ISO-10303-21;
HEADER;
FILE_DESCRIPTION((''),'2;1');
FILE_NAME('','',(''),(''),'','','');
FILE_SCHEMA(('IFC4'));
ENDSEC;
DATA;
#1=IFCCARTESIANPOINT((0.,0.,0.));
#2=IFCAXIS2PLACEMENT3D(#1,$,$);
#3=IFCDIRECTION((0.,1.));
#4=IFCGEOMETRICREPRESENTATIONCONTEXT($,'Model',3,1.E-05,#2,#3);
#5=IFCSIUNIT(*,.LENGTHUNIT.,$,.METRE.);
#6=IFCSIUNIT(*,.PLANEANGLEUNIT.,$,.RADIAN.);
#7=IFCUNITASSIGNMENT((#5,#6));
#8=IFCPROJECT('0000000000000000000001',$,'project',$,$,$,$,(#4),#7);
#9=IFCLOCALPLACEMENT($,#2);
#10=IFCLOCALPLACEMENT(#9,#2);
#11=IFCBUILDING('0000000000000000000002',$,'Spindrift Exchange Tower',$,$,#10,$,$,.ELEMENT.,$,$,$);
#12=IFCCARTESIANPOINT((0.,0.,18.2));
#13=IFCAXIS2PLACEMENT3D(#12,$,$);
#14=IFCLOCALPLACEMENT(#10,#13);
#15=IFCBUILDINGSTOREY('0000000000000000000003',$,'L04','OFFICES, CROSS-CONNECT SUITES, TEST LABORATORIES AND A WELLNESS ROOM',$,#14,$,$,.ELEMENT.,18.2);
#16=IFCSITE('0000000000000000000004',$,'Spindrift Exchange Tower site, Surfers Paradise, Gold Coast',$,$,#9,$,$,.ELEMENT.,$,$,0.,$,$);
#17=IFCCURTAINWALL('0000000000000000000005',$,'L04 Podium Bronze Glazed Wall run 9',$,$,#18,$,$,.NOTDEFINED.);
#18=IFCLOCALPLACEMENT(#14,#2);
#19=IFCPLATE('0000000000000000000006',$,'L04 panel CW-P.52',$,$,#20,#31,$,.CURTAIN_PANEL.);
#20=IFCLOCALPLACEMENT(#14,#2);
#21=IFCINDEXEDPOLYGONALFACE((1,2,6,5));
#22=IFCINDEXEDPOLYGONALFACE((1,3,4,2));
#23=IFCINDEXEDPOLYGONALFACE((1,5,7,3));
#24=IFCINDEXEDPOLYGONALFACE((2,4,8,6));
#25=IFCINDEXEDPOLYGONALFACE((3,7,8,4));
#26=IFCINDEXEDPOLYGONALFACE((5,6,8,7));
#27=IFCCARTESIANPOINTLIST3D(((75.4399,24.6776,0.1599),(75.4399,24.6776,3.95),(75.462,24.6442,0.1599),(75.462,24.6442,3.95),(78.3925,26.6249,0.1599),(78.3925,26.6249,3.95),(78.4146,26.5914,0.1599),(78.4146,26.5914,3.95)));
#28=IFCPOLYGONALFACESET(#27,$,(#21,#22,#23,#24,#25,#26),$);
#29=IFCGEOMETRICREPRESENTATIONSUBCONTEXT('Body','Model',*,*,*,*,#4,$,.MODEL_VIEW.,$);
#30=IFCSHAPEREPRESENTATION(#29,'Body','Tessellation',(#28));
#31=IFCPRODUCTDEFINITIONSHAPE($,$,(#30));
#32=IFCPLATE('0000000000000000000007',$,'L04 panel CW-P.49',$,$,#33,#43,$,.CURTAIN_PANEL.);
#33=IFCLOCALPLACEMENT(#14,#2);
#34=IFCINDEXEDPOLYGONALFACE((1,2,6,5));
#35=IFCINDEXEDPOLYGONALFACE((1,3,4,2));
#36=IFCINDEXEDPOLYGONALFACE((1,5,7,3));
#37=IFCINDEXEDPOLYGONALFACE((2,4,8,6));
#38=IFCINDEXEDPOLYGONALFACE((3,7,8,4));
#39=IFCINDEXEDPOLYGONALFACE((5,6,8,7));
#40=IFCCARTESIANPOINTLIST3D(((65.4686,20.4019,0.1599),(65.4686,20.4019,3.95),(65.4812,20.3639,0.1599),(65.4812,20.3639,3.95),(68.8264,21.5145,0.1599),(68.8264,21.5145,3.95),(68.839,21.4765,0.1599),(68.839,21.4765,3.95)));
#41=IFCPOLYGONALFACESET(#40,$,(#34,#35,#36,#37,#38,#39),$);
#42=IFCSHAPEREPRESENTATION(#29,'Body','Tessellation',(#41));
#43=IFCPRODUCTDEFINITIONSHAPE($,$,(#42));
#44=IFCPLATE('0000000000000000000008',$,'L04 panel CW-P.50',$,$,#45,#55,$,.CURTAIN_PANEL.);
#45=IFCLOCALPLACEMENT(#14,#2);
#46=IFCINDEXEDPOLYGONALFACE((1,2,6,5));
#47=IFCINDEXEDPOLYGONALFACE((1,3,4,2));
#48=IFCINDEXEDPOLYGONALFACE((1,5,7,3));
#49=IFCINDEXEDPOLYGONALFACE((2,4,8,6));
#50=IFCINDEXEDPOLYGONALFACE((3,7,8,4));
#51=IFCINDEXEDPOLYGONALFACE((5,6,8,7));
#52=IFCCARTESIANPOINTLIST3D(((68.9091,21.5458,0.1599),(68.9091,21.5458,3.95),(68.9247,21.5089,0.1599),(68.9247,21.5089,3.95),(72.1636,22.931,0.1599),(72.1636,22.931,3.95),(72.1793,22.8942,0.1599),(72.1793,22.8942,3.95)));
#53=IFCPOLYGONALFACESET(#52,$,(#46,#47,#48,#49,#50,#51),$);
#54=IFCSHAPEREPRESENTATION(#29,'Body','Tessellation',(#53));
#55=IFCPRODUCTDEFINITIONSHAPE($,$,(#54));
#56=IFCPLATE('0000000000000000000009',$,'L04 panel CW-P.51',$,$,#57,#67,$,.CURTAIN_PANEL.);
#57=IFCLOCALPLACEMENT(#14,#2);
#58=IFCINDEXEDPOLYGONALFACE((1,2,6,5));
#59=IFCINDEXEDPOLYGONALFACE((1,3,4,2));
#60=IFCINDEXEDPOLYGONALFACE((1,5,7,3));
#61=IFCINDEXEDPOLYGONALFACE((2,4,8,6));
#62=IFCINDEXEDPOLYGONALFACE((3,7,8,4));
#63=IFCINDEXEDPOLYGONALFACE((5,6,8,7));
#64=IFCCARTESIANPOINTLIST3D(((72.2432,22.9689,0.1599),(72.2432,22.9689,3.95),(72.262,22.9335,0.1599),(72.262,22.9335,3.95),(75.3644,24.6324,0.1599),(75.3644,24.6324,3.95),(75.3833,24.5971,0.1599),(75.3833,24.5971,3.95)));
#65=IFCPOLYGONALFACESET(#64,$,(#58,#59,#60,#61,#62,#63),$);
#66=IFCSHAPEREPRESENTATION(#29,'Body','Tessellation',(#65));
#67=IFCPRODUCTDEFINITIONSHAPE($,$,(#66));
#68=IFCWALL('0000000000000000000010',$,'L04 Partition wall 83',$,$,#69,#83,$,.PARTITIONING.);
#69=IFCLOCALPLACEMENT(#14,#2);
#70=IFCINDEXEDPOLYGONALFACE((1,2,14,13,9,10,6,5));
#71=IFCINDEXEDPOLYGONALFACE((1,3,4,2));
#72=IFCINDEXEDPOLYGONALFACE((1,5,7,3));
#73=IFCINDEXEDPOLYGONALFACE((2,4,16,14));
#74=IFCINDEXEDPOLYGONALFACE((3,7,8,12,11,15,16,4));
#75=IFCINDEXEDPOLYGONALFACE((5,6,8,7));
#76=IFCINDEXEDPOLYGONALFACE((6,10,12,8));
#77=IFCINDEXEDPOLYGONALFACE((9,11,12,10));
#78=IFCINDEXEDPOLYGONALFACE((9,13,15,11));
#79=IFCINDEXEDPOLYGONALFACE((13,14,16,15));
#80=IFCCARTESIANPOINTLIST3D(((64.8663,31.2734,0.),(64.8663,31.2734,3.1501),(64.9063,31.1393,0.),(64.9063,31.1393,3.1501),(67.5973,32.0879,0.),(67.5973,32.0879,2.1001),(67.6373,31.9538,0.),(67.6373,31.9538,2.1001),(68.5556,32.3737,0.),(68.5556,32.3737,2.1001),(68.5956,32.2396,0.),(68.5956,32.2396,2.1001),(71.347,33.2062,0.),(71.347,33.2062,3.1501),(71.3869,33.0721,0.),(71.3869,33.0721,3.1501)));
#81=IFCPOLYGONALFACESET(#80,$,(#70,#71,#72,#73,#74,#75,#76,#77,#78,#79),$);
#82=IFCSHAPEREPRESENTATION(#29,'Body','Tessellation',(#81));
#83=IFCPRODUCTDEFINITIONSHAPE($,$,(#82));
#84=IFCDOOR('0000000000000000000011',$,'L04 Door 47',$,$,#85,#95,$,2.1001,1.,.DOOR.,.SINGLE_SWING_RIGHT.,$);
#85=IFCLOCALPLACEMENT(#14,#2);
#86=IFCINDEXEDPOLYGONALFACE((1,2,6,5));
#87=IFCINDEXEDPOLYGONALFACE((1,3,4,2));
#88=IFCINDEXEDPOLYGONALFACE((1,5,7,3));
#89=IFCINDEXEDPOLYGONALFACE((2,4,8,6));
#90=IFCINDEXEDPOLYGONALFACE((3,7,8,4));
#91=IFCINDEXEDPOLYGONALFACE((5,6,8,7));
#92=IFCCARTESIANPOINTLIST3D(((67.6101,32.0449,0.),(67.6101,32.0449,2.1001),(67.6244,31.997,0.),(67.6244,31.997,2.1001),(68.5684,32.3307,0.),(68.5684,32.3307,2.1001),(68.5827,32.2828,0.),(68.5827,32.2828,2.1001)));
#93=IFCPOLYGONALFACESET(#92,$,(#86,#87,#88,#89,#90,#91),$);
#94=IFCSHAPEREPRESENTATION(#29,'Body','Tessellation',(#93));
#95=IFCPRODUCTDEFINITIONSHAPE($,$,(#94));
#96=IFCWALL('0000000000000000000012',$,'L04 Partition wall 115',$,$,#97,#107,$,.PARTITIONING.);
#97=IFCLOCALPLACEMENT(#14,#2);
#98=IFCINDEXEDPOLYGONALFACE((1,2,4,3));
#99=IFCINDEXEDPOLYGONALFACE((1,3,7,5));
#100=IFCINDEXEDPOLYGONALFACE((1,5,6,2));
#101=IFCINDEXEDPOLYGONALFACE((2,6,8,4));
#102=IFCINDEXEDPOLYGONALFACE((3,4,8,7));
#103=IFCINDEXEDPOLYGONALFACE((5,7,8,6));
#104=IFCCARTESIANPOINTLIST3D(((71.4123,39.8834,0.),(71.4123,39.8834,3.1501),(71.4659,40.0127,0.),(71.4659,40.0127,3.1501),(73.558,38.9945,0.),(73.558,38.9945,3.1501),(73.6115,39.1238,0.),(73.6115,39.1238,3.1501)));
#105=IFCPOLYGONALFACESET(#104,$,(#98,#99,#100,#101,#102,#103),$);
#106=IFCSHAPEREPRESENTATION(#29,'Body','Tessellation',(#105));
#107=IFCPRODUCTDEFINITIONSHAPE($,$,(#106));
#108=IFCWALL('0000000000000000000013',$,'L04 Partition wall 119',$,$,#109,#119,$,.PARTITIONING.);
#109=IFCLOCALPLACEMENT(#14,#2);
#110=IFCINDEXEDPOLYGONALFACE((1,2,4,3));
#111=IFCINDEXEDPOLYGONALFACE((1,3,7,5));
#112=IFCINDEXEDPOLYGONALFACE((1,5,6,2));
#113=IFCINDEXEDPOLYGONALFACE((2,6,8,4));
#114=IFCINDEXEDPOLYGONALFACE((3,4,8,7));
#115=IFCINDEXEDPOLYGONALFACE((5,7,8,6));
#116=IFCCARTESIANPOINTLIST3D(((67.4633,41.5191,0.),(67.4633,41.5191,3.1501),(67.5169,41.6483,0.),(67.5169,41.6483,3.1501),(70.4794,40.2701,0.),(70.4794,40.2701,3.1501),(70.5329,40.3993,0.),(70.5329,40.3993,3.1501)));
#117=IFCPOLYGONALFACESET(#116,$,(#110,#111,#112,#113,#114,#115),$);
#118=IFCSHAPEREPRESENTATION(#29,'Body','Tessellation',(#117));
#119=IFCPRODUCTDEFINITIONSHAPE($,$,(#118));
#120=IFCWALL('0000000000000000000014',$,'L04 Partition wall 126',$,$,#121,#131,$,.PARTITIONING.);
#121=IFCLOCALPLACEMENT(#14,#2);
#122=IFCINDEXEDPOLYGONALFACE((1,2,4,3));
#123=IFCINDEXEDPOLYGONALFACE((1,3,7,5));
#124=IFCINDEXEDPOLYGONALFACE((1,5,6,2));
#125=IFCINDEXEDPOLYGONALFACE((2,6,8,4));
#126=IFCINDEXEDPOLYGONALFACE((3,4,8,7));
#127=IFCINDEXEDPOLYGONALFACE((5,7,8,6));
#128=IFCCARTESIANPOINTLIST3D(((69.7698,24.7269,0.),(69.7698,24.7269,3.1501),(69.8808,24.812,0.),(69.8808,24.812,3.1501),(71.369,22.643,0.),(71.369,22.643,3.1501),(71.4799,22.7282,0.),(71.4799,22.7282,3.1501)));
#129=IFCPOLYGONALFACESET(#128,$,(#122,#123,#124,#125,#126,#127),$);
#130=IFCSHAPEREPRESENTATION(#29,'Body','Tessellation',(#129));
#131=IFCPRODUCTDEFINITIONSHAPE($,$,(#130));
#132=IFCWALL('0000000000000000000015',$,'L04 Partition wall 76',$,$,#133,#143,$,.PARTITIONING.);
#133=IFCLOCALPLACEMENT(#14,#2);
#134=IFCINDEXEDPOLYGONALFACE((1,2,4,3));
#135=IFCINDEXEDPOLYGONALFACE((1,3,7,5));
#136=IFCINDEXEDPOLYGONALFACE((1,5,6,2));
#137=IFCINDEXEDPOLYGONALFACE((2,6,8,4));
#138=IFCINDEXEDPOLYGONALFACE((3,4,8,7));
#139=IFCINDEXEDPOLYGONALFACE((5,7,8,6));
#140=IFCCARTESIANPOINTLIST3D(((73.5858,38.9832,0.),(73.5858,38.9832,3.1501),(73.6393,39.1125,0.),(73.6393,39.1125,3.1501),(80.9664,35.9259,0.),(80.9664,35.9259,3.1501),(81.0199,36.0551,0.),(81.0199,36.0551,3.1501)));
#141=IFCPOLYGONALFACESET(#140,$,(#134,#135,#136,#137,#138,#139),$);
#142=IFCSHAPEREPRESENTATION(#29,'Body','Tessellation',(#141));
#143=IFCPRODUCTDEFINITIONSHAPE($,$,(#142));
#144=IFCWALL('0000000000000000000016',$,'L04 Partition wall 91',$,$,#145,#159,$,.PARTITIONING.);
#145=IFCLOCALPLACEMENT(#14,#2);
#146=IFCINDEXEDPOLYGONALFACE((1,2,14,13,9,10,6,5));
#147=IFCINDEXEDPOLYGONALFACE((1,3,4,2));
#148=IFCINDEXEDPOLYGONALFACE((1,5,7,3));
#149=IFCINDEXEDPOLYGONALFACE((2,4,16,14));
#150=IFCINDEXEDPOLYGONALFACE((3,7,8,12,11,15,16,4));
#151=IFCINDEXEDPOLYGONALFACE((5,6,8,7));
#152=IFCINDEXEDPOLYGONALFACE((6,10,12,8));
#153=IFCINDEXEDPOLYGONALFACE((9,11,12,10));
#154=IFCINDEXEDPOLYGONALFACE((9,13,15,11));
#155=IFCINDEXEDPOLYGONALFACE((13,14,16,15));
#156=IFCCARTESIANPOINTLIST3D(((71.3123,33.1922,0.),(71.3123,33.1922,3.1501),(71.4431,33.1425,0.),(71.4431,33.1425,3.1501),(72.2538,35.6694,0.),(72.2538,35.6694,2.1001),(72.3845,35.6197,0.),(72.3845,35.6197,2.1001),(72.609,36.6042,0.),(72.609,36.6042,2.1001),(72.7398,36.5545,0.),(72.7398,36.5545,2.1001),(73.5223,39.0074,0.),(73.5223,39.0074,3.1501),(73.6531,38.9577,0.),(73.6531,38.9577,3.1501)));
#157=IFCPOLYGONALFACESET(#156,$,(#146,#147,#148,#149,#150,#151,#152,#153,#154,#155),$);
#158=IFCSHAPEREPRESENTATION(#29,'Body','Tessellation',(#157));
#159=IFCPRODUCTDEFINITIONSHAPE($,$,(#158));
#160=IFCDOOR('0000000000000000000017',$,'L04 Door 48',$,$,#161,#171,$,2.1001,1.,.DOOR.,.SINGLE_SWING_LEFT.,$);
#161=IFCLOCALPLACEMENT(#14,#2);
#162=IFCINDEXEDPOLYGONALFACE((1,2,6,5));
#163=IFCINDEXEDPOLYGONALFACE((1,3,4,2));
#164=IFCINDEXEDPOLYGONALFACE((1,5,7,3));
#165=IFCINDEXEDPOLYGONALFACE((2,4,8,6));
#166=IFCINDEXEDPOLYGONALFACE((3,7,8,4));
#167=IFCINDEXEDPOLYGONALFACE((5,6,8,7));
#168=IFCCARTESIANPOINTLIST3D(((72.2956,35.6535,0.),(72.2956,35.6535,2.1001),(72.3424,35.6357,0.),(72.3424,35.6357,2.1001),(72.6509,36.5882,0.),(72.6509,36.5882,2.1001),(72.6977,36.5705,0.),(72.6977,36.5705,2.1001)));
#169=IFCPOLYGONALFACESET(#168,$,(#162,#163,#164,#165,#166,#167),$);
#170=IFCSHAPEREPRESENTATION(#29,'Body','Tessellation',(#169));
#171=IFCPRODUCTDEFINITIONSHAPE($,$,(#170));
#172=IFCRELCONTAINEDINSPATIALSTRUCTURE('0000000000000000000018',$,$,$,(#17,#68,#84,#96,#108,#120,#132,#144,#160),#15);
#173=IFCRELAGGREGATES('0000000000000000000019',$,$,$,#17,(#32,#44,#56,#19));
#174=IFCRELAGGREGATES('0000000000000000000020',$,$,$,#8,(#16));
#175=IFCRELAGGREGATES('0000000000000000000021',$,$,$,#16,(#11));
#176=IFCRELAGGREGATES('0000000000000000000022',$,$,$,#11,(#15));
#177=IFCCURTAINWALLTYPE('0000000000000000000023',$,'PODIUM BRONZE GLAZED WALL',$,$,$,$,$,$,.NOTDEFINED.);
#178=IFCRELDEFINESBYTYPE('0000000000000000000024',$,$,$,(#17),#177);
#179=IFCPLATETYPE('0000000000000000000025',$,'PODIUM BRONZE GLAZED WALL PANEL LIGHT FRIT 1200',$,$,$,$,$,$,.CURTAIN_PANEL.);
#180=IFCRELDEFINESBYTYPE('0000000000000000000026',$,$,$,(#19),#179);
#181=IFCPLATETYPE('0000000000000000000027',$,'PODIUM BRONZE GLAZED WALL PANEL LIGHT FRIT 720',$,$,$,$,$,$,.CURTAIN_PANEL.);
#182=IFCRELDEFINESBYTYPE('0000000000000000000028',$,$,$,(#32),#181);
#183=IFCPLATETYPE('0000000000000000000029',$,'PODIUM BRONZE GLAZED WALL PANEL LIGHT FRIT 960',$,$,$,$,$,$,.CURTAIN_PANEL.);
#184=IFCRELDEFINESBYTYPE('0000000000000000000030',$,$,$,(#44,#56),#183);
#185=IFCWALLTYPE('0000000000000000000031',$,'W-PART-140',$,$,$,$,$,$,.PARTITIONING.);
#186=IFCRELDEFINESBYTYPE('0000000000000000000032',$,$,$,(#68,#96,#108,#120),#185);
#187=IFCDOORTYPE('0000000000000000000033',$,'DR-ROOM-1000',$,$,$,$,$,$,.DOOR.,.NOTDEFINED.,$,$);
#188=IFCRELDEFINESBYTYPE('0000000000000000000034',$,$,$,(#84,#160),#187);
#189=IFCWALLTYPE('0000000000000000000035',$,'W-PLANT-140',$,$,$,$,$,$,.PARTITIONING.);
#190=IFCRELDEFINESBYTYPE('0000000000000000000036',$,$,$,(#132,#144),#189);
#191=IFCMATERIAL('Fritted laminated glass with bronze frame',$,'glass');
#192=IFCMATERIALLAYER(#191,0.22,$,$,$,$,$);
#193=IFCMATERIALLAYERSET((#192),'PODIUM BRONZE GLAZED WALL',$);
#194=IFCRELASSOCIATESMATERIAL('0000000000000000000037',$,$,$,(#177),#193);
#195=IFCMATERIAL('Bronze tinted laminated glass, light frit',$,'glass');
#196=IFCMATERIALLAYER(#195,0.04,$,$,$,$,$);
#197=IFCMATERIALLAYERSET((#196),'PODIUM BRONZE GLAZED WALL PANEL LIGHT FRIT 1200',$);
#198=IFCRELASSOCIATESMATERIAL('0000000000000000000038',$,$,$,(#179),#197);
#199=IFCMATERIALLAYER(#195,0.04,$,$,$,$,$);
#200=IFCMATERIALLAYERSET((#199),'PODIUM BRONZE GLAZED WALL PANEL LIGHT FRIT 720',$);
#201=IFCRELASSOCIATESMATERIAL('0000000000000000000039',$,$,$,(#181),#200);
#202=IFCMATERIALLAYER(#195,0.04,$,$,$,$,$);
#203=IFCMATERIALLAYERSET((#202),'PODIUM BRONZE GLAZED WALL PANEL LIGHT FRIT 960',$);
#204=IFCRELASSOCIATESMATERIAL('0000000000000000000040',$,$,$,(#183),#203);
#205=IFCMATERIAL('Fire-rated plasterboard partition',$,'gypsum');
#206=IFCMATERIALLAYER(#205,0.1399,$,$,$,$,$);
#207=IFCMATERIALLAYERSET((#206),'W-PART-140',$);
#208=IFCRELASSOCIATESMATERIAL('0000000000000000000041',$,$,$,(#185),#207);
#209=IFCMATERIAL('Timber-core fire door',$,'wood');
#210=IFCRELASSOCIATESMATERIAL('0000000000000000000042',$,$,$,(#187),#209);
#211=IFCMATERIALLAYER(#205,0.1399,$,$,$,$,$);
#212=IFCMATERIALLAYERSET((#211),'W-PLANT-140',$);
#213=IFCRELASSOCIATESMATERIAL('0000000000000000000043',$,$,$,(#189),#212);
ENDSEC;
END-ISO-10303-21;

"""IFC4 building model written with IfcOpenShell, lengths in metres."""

from ifc_helpers import new_model, si_unit, direction, frame, frame_2d, origin, origin_2d, place, context, subcontext, project, spatial, rectangle, extrude, source, transform, mapped, material, layer, layer_set, type_object, element, fill, aggregate, save


model = new_model("IFC4")

# Units and contexts
model_context = context("Model", 3, precision=1e-05, world=origin(), true_north=direction((0.0, 1.0)))
body_context = subcontext(model_context, "Body", "Model", "MODEL_VIEW")
ifc_project = project(units=[si_unit("LENGTHUNIT", "METRE"), si_unit("PLANEANGLEUNIT", "RADIAN")], contexts=[model_context])

# Site, building, storey
site_placement = place(None, origin())
site = spatial("IfcSite", under=ifc_project, at=site_placement, Name="Spindrift Exchange Tower site, Surfers Paradise, Gold Coast", CompositionType="ELEMENT", RefElevation=0.0)
building_placement = place(site_placement, origin())
building = spatial("IfcBuilding", under=site, at=building_placement, Name="Spindrift Exchange Tower", CompositionType="ELEMENT")
storey_placement = place(building_placement, frame((0.0, 0.0, 18.2)))
storey = spatial("IfcBuildingStorey", under=building, at=storey_placement, Name="L04", Description="OFFICES, CROSS-CONNECT SUITES, TEST LABORATORIES AND A WELLNESS ROOM", CompositionType="ELEMENT", Elevation=18.2)

# Curtain wall, plates
ifc_material_1 = material(Name="Fritted laminated glass with bronze frame", Category="glass")
ifc_layer_1 = layer(ifc_material_1, 0.22)
ifc_layer_set_1 = layer_set([ifc_layer_1], Name="PODIUM BRONZE GLAZED WALL")
curtain_wall_type = type_object("IfcCurtainWallType", Name="PODIUM BRONZE GLAZED WALL", PredefinedType="NOTDEFINED", material=ifc_layer_set_1)
curtain_wall_placement = place(storey_placement, origin())
curtain_wall = element("IfcCurtainWall", 1, at=curtain_wall_placement, inside=storey, type_object=curtain_wall_type, Name="L04 Podium Bronze Glazed Wall run 9", PredefinedType="NOTDEFINED")
ifc_material_2 = material(Name="Bronze tinted laminated glass, light frit", Category="glass")
ifc_layer_2 = layer(ifc_material_2, 0.04)
ifc_layer_set_2 = layer_set([ifc_layer_2], Name="PODIUM BRONZE GLAZED WALL PANEL LIGHT FRIT 1200")
plate_type_1 = type_object("IfcPlateType", Name="PODIUM BRONZE GLAZED WALL PANEL LIGHT FRIT 1200", PredefinedType="CURTAIN_PANEL", material=ifc_layer_set_2)
shared_shape_1 = source(origin(), body_context, "Body", "SweptSolid", [
    extrude(rectangle(XDim=3.5369, YDim=0.04, at=origin_2d()), origin(), (0.0, 0.0, 1.0), 3.79),
])
plate_1_placement = place(storey_placement, frame((76.9272, 25.6345, 0.1599), z_axis=(0.0, 0.0, 1.0), x_axis=(0.834797, 0.550558, 0.0)))
plate_1 = element("IfcPlate", 2, at=plate_1_placement, type_object=plate_type_1, Name="L04 panel CW-P.52", PredefinedType="CURTAIN_PANEL", context=body_context, shape_type="MappedRepresentation", body=[
    mapped(shared_shape_1, transform((0.0, 0.0, 0.0), scale=1.0)),
])
ifc_layer_3 = layer(ifc_material_2, 0.04)
ifc_layer_set_3 = layer_set([ifc_layer_3], Name="PODIUM BRONZE GLAZED WALL PANEL LIGHT FRIT 720")
plate_type_2 = type_object("IfcPlateType", Name="PODIUM BRONZE GLAZED WALL PANEL LIGHT FRIT 720", PredefinedType="CURTAIN_PANEL", material=ifc_layer_set_3)
shared_shape_2 = source(origin(), body_context, "Body", "SweptSolid", [
    extrude(rectangle(XDim=3.5374, YDim=0.04, at=origin_2d()), origin(), (0.0, 0.0, 1.0), 3.79),
])
plate_2_placement = place(storey_placement, frame((67.1538, 20.9392, 0.1599), z_axis=(0.0, 0.0, 1.0), x_axis=(0.949247, 0.314533, 0.0)))
plate_2 = element("IfcPlate", 3, at=plate_2_placement, type_object=plate_type_2, Name="L04 panel CW-P.49", PredefinedType="CURTAIN_PANEL", context=body_context, shape_type="MappedRepresentation", body=[
    mapped(shared_shape_2, transform((0.0, 0.0, 0.0), scale=1.0)),
])
ifc_layer_4 = layer(ifc_material_2, 0.04)
ifc_layer_set_4 = layer_set([ifc_layer_4], Name="PODIUM BRONZE GLAZED WALL PANEL LIGHT FRIT 960")
plate_type_3 = type_object("IfcPlateType", Name="PODIUM BRONZE GLAZED WALL PANEL LIGHT FRIT 960", PredefinedType="CURTAIN_PANEL", material=ifc_layer_set_4)
shared_shape_3 = source(origin(), body_context, "Body", "SweptSolid", [
    extrude(rectangle(XDim=3.5371, YDim=0.04, at=origin_2d()), origin(), (0.0, 0.0, 1.0), 3.79),
])
plate_3_placement = place(storey_placement, frame((70.5442, 22.22, 0.1599), z_axis=(0.0, 0.0, 1.0), x_axis=(0.920122, 0.391632, 0.0)))
plate_3 = element("IfcPlate", 4, at=plate_3_placement, type_object=plate_type_3, Name="L04 panel CW-P.50", PredefinedType="CURTAIN_PANEL", context=body_context, shape_type="MappedRepresentation", body=[
    mapped(shared_shape_3, transform((0.0, 0.0, 0.0), scale=1.0)),
])
shared_shape_4 = source(origin(), body_context, "Body", "SweptSolid", [
    extrude(rectangle(XDim=3.5369, YDim=0.04, at=origin_2d()), origin(), (0.0, 0.0, 1.0), 3.79),
])
plate_4_placement = place(storey_placement, frame((73.8132, 23.783, 0.1599), z_axis=(0.0, 0.0, 1.0), x_axis=(0.882483, 0.470344, 0.0)))
plate_4 = element("IfcPlate", 5, at=plate_4_placement, type_object=plate_type_3, Name="L04 panel CW-P.51", PredefinedType="CURTAIN_PANEL", context=body_context, shape_type="MappedRepresentation", body=[
    mapped(shared_shape_4, transform((0.0, 0.0, 0.0), scale=1.0)),
])
aggregate(curtain_wall, [plate_2, plate_3, plate_4, plate_1])

# Wall, opening, door
ifc_material_3 = material(Name="Fire-rated plasterboard partition", Category="gypsum")
ifc_layer_5 = layer(ifc_material_3, 0.1399)
ifc_layer_set_5 = layer_set([ifc_layer_5], Name="W-PART-140")
wall_type_1 = type_object("IfcWallType", Name="W-PART-140", PredefinedType="PARTITIONING", material=ifc_layer_set_5)
wall_1_placement = place(storey_placement, frame((71.3669, 33.1392, 0.0), z_axis=(0.0, 0.0, 1.0), x_axis=(-0.958287, -0.285807, 0.0)))
wall_1 = element("IfcWall", 6, at=wall_1_placement, inside=storey, type_object=wall_type_1, Name="L04 Partition wall 83", PredefinedType="PARTITIONING", context=body_context, shape_type="SweptSolid", body=[
    extrude(rectangle(XDim=6.7627, YDim=0.1399, at=frame_2d((3.3813, 0.0))), origin(), (0.0, 0.0, 1.0), 3.1501),
])
opening_1_placement = place(wall_1_placement, frame((2.9128, 0.0, 0.0)))
opening_1 = element("IfcOpeningElement", 7, at=opening_1_placement, cuts=wall_1, PredefinedType="OPENING", context=body_context, shape_type="SweptSolid", body=[
    extrude(rectangle(XDim=1.0, YDim=2.1001, at=frame_2d((0.5, 1.05))), frame((0.0, 0.0798, 0.0), z_axis=(0.0, -1.0, 0.0), x_axis=(1.0, 0.0, 0.0)), (0.0, 0.0, 1.0), 0.1599),
])
ifc_material_4 = material(Name="Timber-core fire door", Category="wood")
door_type = type_object("IfcDoorType", Name="DR-ROOM-1000", OperationType="NOTDEFINED", PredefinedType="DOOR", material=ifc_material_4)
shared_shape_5 = source(origin(), body_context, "Body", "SweptSolid", [
    extrude(rectangle(XDim=1.0, YDim=2.1001, at=frame_2d((0.5, 1.05))), frame((0.0, 0.0249, 0.0), z_axis=(0.0, -1.0, 0.0), x_axis=(1.0, 0.0, 0.0)), (0.0, 0.0, 1.0), 0.05),
])
door_1_placement = place(opening_1_placement, origin())
door_1 = element("IfcDoor", 8, at=door_1_placement, inside=storey, type_object=door_type, Name="L04 Door 47", OperationType="SINGLE_SWING_RIGHT", OverallHeight=2.1001, OverallWidth=1.0, PredefinedType="DOOR", context=body_context, shape_type="MappedRepresentation", body=[
    mapped(shared_shape_5, transform((0.0, 0.0, 0.0), scale=1.0)),
])
fill(opening_1, door_1)

# Walls
wall_2_placement = place(storey_placement, frame((71.4392, 39.948, 0.0), z_axis=(0.0, 0.0, 1.0), x_axis=(0.923862, -0.382726, 0.0)))
element("IfcWall", 9, at=wall_2_placement, inside=storey, type_object=wall_type_1, Name="L04 Partition wall 115", PredefinedType="PARTITIONING", context=body_context, shape_type="SweptSolid", body=[
    extrude(rectangle(XDim=2.3225, YDim=0.1399, at=frame_2d((1.1611, 0.0))), origin(), (0.0, 0.0, 1.0), 3.1501),
])
wall_3_placement = place(storey_placement, frame((67.49, 41.5837, 0.0), z_axis=(0.0, 0.0, 1.0), x_axis=(0.923911, -0.382607, 0.0)))
element("IfcWall", 10, at=wall_3_placement, inside=storey, type_object=wall_type_1, Name="L04 Partition wall 119", PredefinedType="PARTITIONING", context=body_context, shape_type="SweptSolid", body=[
    extrude(rectangle(XDim=3.2644, YDim=0.1399, at=frame_2d((1.6323, 0.0))), origin(), (0.0, 0.0, 1.0), 3.1501),
])
wall_4_placement = place(storey_placement, frame((69.8252, 24.7695, 0.0), z_axis=(0.0, 0.0, 1.0), x_axis=(0.608812, -0.793315, 0.0)))
element("IfcWall", 11, at=wall_4_placement, inside=storey, type_object=wall_type_1, Name="L04 Partition wall 126", PredefinedType="PARTITIONING", context=body_context, shape_type="SweptSolid", body=[
    extrude(rectangle(XDim=2.6267, YDim=0.1399, at=frame_2d((1.3135, 0.0))), origin(), (0.0, 0.0, 1.0), 3.1501),
])
ifc_layer_6 = layer(ifc_material_3, 0.1399)
ifc_layer_set_6 = layer_set([ifc_layer_6], Name="W-PLANT-140")
wall_type_2 = type_object("IfcWallType", Name="W-PLANT-140", PredefinedType="PARTITIONING", material=ifc_layer_set_6)
wall_5_placement = place(storey_placement, frame((73.6125, 39.0479, 0.0), z_axis=(0.0, 0.0, 1.0), x_axis=(0.92387, -0.382707, 0.0)))
element("IfcWall", 12, at=wall_5_placement, inside=storey, type_object=wall_type_2, Name="L04 Partition wall 76", PredefinedType="PARTITIONING", context=body_context, shape_type="SweptSolid", body=[
    extrude(rectangle(XDim=7.9888, YDim=0.1399, at=frame_2d((3.9944, 0.0))), origin(), (0.0, 0.0, 1.0), 3.1501),
])

# Wall, opening, door
wall_6_placement = place(storey_placement, frame((73.5876, 38.9824, 0.0), z_axis=(0.0, 0.0, 1.0), x_axis=(-0.355245, -0.934773, 0.0)))
wall_6 = element("IfcWall", 13, at=wall_6_placement, inside=storey, type_object=wall_type_2, Name="L04 Partition wall 91", PredefinedType="PARTITIONING", context=body_context, shape_type="SweptSolid", body=[
    extrude(rectangle(XDim=6.2209, YDim=0.1399, at=frame_2d((3.1104, 0.0))), origin(), (0.0, 0.0, 1.0), 3.1501),
])
opening_2_placement = place(wall_6_placement, frame((2.5708, 0.0, 0.0)))
opening_2 = element("IfcOpeningElement", 14, at=opening_2_placement, cuts=wall_6, PredefinedType="OPENING", context=body_context, shape_type="SweptSolid", body=[
    extrude(rectangle(XDim=1.0, YDim=2.1001, at=frame_2d((0.5, 1.05))), frame((0.0, 0.0798, 0.0), z_axis=(0.0, -1.0, 0.0), x_axis=(1.0, 0.0, 0.0)), (0.0, 0.0, 1.0), 0.1599),
])
door_2_placement = place(opening_2_placement, origin())
door_2 = element("IfcDoor", 15, at=door_2_placement, inside=storey, type_object=door_type, Name="L04 Door 48", OperationType="SINGLE_SWING_LEFT", OverallHeight=2.1001, OverallWidth=1.0, PredefinedType="DOOR", context=body_context, shape_type="MappedRepresentation", body=[
    mapped(shared_shape_5, transform((0.0, 0.0, 0.0), scale=1.0)),
])
fill(opening_2, door_2)

save(model, "model.ifc")
